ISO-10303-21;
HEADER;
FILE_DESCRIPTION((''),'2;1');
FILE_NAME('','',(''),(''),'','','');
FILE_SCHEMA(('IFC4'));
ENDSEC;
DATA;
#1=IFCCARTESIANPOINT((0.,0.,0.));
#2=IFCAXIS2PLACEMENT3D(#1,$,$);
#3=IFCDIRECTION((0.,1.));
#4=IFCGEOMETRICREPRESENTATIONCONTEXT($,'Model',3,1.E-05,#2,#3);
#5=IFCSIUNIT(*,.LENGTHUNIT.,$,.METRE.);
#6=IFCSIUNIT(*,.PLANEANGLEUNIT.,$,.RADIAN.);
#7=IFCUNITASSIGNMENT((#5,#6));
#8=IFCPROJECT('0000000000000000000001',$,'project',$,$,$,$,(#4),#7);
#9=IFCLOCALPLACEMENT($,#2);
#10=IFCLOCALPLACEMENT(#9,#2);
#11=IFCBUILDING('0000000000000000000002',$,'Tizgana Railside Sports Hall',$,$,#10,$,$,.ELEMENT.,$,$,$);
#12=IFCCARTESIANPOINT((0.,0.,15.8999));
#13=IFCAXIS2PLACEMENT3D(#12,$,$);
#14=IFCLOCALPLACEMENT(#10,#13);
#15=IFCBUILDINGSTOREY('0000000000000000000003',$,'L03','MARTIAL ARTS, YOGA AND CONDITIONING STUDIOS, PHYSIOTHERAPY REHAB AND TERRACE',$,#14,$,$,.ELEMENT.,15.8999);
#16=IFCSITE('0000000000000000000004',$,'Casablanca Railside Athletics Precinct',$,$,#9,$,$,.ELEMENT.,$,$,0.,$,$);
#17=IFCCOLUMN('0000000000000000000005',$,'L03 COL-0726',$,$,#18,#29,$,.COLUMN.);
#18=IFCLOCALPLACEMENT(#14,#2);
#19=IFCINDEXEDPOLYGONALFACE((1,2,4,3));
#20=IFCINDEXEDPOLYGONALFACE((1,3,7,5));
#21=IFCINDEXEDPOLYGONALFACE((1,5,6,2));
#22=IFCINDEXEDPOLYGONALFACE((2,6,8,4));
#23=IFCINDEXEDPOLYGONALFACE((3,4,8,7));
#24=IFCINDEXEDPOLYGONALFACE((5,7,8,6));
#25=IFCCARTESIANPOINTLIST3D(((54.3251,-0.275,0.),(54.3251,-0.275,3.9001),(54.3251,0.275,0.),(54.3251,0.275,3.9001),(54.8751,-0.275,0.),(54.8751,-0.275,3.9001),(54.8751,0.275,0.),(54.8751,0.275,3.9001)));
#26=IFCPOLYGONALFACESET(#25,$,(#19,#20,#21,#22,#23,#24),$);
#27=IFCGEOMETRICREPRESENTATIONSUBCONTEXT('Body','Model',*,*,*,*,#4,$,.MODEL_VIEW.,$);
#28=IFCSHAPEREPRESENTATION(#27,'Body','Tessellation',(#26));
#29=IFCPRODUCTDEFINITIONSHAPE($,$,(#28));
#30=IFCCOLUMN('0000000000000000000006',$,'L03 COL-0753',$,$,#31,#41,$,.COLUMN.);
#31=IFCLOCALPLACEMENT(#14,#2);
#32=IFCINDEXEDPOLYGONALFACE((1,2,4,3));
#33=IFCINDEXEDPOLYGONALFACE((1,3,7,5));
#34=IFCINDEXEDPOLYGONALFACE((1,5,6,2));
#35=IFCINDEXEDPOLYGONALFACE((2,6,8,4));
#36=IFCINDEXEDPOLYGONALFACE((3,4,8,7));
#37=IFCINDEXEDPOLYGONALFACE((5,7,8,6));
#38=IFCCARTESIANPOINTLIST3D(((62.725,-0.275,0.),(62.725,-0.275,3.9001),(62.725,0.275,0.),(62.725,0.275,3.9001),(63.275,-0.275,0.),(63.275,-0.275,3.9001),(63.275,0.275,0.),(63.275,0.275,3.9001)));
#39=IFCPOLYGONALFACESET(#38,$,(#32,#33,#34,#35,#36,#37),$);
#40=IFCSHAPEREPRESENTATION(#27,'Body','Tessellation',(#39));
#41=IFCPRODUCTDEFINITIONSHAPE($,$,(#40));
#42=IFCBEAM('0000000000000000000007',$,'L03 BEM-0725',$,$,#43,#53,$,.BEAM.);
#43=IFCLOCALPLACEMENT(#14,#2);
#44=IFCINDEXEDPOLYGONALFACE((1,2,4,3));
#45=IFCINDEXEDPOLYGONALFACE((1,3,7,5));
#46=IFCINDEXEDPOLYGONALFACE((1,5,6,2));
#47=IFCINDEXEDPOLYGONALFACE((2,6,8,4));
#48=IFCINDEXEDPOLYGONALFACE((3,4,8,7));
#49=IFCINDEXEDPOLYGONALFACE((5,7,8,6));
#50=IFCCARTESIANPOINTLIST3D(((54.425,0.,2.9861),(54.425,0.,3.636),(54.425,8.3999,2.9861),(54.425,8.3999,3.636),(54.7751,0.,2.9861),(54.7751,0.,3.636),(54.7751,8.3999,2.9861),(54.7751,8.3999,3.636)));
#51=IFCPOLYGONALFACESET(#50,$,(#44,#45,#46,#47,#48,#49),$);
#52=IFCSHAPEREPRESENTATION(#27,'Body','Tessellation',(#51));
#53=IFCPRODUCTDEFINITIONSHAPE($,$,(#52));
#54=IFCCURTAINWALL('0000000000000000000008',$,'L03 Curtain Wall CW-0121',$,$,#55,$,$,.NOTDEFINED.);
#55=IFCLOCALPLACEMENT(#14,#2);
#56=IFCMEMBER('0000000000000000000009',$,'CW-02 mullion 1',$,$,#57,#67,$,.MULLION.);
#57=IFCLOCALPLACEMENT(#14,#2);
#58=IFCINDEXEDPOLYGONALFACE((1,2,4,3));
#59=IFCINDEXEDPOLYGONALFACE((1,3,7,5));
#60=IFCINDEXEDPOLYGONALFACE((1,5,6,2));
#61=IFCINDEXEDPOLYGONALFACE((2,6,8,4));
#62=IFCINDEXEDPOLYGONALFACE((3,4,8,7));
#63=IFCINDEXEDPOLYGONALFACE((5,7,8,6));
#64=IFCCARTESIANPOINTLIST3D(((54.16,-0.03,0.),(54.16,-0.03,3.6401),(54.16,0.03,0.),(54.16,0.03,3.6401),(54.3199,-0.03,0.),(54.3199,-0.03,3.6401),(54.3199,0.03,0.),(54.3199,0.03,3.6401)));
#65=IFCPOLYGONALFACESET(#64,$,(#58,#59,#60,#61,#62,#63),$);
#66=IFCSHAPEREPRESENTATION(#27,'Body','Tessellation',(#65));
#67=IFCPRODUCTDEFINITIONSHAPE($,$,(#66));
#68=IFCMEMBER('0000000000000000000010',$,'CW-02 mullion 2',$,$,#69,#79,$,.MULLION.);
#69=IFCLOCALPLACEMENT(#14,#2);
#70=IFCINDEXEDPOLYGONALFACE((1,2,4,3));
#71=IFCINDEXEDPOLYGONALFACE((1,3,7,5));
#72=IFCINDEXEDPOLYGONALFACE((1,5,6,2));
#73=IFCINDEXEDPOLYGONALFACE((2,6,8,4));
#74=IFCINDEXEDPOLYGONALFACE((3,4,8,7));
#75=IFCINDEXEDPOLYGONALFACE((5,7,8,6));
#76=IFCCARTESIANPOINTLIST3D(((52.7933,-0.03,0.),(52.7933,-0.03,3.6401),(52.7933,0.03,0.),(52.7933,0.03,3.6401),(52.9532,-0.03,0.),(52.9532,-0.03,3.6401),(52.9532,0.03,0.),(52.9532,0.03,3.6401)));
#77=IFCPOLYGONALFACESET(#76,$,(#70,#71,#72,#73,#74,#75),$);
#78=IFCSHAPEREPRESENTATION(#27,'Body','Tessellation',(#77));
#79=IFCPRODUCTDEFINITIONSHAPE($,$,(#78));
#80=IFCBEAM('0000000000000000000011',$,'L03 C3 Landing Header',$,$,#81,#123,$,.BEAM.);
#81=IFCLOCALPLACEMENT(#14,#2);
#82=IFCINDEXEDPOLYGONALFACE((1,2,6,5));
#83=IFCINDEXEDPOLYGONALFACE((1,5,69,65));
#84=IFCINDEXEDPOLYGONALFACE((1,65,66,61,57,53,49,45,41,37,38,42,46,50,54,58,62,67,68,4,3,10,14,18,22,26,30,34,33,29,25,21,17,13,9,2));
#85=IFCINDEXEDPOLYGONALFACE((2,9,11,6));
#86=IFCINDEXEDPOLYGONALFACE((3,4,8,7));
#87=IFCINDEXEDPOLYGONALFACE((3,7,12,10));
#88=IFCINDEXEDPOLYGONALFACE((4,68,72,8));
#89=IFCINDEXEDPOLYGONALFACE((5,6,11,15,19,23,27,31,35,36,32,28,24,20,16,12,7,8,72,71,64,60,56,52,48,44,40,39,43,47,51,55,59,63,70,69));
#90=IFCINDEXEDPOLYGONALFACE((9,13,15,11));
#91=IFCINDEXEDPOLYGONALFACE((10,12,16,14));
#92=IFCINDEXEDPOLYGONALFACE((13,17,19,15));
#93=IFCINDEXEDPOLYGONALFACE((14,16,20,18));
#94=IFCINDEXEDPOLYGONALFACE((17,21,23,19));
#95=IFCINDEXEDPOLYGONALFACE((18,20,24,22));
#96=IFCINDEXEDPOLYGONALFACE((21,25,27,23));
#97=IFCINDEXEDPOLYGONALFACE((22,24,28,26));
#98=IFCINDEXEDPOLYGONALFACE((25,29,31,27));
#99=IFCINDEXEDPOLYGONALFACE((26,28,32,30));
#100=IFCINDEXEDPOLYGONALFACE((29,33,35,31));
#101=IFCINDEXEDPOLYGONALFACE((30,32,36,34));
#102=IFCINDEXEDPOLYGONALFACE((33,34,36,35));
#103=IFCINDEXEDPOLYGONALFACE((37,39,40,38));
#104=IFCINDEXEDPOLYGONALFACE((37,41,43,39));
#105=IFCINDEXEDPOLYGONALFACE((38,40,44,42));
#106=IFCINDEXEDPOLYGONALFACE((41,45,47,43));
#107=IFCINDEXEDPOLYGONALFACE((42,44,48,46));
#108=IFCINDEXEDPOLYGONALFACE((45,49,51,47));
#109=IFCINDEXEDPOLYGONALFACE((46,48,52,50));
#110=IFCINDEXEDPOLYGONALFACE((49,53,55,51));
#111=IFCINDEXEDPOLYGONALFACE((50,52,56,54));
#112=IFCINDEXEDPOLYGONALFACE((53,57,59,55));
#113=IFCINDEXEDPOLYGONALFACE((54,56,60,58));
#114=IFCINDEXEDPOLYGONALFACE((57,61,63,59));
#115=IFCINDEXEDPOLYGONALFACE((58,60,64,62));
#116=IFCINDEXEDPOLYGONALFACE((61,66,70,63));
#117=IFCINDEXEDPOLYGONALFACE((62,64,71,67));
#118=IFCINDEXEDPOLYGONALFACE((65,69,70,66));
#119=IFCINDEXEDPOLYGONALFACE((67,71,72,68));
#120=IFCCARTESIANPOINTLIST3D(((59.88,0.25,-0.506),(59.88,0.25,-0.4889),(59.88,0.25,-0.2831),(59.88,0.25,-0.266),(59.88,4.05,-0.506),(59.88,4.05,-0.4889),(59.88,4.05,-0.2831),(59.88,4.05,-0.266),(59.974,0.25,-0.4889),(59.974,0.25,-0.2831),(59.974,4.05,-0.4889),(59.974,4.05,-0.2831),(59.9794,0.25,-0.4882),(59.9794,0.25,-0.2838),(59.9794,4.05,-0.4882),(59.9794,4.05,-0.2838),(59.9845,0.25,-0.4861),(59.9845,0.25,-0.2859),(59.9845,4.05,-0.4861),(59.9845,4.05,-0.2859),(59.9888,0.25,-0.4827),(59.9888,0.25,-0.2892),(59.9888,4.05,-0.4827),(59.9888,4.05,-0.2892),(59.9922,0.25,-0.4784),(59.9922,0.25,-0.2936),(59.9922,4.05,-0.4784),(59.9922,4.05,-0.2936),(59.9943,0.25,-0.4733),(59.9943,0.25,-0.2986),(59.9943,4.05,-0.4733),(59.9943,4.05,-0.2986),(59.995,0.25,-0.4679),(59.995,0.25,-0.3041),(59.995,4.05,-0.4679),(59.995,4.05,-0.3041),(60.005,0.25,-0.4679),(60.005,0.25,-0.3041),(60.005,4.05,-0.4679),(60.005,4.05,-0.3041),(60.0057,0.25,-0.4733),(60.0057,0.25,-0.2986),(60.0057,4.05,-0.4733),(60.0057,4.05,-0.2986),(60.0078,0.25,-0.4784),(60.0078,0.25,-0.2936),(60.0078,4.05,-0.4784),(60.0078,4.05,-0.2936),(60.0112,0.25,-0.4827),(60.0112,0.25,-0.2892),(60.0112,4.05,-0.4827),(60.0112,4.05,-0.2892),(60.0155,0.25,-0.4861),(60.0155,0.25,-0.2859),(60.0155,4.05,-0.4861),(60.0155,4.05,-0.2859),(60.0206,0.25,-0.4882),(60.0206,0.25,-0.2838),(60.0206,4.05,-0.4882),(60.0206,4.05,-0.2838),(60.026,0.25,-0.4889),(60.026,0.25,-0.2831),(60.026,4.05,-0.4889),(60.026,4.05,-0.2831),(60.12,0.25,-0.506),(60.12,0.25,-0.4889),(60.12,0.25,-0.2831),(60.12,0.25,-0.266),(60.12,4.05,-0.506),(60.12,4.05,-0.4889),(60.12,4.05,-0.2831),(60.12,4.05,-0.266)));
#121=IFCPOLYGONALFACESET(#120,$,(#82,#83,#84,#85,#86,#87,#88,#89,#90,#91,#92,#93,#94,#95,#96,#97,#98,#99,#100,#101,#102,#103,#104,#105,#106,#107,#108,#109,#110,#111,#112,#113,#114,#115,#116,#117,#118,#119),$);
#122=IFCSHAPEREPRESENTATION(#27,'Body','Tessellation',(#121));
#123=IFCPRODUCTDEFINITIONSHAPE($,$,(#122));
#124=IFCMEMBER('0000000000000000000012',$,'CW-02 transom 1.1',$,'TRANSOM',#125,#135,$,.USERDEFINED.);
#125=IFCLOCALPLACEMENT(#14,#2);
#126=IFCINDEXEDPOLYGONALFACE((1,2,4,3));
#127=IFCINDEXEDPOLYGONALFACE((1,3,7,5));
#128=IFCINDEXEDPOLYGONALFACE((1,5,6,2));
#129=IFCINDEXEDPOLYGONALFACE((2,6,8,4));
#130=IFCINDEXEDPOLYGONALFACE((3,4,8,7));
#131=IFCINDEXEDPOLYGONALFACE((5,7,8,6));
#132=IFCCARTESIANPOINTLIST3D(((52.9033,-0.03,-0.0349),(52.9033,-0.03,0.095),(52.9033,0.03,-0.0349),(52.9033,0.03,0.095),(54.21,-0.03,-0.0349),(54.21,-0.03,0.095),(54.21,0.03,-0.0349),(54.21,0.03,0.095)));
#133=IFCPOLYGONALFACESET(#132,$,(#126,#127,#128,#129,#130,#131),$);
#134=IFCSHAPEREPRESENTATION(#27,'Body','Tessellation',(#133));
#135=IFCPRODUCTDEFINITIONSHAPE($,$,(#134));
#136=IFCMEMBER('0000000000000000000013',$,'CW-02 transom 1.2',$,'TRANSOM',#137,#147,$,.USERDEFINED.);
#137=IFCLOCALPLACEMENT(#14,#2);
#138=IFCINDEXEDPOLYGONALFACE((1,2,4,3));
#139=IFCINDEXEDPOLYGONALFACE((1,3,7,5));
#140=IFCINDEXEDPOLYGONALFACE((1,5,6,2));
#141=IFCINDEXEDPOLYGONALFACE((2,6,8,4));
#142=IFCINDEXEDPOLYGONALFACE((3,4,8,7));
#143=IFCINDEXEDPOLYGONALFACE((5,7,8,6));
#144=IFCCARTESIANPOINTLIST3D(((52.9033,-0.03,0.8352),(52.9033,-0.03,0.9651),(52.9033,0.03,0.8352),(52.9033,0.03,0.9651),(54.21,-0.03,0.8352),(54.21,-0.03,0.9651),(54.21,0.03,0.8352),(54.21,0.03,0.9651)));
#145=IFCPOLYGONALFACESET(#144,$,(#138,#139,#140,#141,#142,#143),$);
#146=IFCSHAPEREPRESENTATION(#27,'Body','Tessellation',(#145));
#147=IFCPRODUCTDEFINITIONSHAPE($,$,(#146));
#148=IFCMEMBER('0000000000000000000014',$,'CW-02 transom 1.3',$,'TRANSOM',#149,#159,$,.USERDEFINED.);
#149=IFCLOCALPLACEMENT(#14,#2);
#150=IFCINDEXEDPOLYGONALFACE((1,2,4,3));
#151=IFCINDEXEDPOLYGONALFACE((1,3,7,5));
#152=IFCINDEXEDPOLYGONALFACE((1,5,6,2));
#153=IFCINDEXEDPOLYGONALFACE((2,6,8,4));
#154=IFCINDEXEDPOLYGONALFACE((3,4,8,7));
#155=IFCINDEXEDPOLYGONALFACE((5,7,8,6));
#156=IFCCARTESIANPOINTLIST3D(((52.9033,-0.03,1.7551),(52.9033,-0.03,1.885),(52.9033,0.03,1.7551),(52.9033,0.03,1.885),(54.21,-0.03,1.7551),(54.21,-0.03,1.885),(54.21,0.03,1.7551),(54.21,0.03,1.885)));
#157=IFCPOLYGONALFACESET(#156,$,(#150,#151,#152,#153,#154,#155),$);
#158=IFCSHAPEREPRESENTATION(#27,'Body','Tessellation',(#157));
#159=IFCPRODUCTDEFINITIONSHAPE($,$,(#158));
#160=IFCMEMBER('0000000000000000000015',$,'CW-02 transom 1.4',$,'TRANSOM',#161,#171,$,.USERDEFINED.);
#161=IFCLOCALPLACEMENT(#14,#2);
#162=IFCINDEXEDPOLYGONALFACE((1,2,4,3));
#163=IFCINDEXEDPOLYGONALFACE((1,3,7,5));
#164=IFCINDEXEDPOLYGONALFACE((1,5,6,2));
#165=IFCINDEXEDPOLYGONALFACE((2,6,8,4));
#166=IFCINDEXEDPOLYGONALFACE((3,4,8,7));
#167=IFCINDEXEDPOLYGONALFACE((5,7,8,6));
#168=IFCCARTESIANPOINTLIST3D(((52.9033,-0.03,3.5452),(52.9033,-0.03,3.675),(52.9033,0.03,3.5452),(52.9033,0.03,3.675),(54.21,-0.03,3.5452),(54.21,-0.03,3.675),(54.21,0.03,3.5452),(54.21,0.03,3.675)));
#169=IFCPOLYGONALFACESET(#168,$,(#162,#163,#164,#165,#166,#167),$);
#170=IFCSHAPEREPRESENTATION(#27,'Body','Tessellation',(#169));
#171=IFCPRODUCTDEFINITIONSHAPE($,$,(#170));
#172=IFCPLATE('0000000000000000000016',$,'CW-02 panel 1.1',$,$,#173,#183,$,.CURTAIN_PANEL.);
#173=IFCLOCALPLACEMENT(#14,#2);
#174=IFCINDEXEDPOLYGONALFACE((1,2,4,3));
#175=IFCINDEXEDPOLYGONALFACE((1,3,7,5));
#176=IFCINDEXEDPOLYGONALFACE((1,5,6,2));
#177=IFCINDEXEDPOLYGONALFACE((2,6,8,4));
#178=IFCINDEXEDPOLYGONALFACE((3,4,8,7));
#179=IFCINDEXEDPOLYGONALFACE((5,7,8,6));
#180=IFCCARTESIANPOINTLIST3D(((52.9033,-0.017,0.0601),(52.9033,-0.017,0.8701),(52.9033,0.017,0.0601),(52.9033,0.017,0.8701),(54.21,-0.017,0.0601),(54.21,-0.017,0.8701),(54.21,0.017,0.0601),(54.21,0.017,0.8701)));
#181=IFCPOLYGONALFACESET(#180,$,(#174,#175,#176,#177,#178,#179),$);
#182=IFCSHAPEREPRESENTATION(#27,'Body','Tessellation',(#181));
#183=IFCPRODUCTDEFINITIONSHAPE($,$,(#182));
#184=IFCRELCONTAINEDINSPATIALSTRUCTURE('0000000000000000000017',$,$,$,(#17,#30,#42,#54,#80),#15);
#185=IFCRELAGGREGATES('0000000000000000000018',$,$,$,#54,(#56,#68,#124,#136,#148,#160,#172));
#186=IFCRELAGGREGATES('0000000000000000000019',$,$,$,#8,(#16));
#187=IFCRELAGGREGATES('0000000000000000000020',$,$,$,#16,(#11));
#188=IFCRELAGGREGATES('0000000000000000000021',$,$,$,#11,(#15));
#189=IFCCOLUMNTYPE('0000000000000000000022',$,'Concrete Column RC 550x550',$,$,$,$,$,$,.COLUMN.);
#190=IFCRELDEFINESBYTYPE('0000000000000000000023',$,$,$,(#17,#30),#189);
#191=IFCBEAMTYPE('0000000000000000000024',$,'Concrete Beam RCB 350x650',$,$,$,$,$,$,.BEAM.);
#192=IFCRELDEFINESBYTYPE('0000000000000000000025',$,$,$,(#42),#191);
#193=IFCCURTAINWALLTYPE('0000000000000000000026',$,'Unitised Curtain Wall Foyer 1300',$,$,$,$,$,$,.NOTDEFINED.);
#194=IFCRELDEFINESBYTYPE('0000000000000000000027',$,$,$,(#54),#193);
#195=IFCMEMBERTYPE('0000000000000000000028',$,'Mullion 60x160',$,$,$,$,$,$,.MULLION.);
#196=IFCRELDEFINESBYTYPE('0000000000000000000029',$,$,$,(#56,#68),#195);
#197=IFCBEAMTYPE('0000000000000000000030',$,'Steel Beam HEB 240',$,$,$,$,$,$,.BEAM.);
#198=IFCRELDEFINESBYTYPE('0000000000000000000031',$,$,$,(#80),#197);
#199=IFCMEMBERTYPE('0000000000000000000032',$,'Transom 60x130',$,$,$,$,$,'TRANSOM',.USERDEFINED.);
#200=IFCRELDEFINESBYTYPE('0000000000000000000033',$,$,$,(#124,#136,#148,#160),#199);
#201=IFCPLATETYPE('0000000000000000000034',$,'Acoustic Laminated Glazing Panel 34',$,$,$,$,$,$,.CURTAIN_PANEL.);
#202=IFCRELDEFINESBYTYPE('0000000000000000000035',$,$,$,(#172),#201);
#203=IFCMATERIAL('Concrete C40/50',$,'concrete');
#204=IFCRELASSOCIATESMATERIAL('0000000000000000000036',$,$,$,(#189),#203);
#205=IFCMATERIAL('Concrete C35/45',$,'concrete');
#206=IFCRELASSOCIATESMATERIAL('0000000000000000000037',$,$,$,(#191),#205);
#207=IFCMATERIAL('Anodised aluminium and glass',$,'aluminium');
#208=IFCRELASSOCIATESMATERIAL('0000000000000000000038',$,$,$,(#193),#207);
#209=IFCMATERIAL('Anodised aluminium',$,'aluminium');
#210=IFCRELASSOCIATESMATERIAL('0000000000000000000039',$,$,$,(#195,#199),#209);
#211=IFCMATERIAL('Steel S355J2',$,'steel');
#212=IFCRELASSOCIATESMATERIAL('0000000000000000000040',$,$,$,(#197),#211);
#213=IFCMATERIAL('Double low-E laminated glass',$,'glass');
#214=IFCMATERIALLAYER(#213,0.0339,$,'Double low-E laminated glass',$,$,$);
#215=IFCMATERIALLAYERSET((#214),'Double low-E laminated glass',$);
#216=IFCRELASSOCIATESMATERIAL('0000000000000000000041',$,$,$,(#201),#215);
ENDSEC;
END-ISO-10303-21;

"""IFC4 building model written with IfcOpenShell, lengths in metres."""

from ifc_helpers import new_model, si_unit, direction, frame, origin, origin_2d, place, context, subcontext, project, spatial, rectangle, i_section, extrude, material, layer, layer_set, material_profile, profile_set, type_object, element, aggregate, save


model = new_model("IFC4")

# Units and contexts
model_context = context("Model", 3, precision=1e-05, world=origin(), true_north=direction((0.0, 1.0)))
body_context = subcontext(model_context, "Body", "Model", "MODEL_VIEW")
ifc_project = project(units=[si_unit("LENGTHUNIT", "METRE"), si_unit("PLANEANGLEUNIT", "RADIAN")], contexts=[model_context])

# Site, building, storey
site_placement = place(None, origin())
site = spatial("IfcSite", under=ifc_project, at=site_placement, Name="Casablanca Railside Athletics Precinct", CompositionType="ELEMENT", RefElevation=0.0)
building_placement = place(site_placement, origin())
building = spatial("IfcBuilding", under=site, at=building_placement, Name="Tizgana Railside Sports Hall", CompositionType="ELEMENT")
storey_placement = place(building_placement, frame((0.0, 0.0, 15.8999)))
storey = spatial("IfcBuildingStorey", under=building, at=storey_placement, Name="L03", Description="MARTIAL ARTS, YOGA AND CONDITIONING STUDIOS, PHYSIOTHERAPY REHAB AND TERRACE", CompositionType="ELEMENT", Elevation=15.8999)

# Columns
ifc_material_1 = material(Name="Concrete C40/50", Category="concrete")
ifc_material_profile_1 = material_profile(ifc_material_1, rectangle(XDim=0.55, YDim=0.55, at=origin_2d()), Name="RC 550x550")
ifc_profile_set_1 = profile_set([ifc_material_profile_1], Name="Concrete C40/50")
column_type = type_object("IfcColumnType", Name="Concrete Column RC 550x550", PredefinedType="COLUMN", material=ifc_profile_set_1)
for number, where, z_axis, x_axis, name in (
    (1, (54.6001, 0.0, 0.0), (0.0, 0.0, 1.0), (1.0, 0.0, 0.0), "L03 COL-0726"),
    (2, (63.0, 0.0, 0.0), (0.0, 0.0, 1.0), (1.0, 0.0, 0.0), "L03 COL-0753"),
):
    element("IfcColumn", number, at=place(storey_placement, frame(where, z_axis=z_axis, x_axis=x_axis)), inside=storey, type_object=column_type, Name=name, PredefinedType="COLUMN", context=body_context, shape_type="SweptSolid", body=[
        extrude(rectangle(XDim=0.55, YDim=0.55, at=origin_2d()), origin(), (0.0, 0.0, 1.0), 3.9001),
    ])

# Beam
ifc_material_2 = material(Name="Concrete C35/45", Category="concrete")
ifc_material_profile_2 = material_profile(ifc_material_2, rectangle(XDim=0.3501, YDim=0.6499, at=origin_2d()), Name="RCB 350x650")
ifc_profile_set_2 = profile_set([ifc_material_profile_2], Name="Concrete C35/45")
beam_type_1 = type_object("IfcBeamType", Name="Concrete Beam RCB 350x650", PredefinedType="BEAM", material=ifc_profile_set_2)
beam_1_placement = place(storey_placement, frame((54.6001, 0.0, 3.311), z_axis=(0.0, 1.0, 0.0), x_axis=(-1.0, 0.0, 0.0)))
element("IfcBeam", 3, at=beam_1_placement, inside=storey, type_object=beam_type_1, Name="L03 BEM-0725", PredefinedType="BEAM", context=body_context, shape_type="SweptSolid", body=[
    extrude(rectangle(XDim=0.3501, YDim=0.6499, at=origin_2d()), origin(), (0.0, 0.0, 1.0), 8.3999),
])

# Curtain wall, members
ifc_material_3 = material(Name="Anodised aluminium and glass", Category="aluminium")
curtain_wall_type = type_object("IfcCurtainWallType", Name="Unitised Curtain Wall Foyer 1300", PredefinedType="NOTDEFINED", material=ifc_material_3)
curtain_wall_placement = place(storey_placement, origin())
curtain_wall = element("IfcCurtainWall", 4, at=curtain_wall_placement, inside=storey, type_object=curtain_wall_type, Name="L03 Curtain Wall CW-0121", PredefinedType="NOTDEFINED")
ifc_material_4 = material(Name="Anodised aluminium", Category="aluminium")
ifc_material_profile_3 = material_profile(ifc_material_4, rectangle(XDim=0.0601, YDim=0.1599, at=origin_2d()), Name="Mullion 60x160")
ifc_profile_set_3 = profile_set([ifc_material_profile_3], Name="Anodised aluminium")
member_type_1 = type_object("IfcMemberType", Name="Mullion 60x160", PredefinedType="MULLION", material=ifc_profile_set_3)
member_1_placement = place(storey_placement, frame((54.24, 0.0, 0.0), z_axis=(0.0, 0.0, 1.0), x_axis=(0.0, -1.0, 0.0)))
member_1 = element("IfcMember", 5, at=member_1_placement, type_object=member_type_1, Name="CW-02 mullion 1", PredefinedType="MULLION", context=body_context, shape_type="SweptSolid", body=[
    extrude(rectangle(XDim=0.0601, YDim=0.1599, at=origin_2d()), origin(), (0.0, 0.0, 1.0), 3.6401),
])
member_2_placement = place(storey_placement, frame((52.8733, 0.0, 0.0), z_axis=(0.0, 0.0, 1.0), x_axis=(0.0, -1.0, 0.0)))
member_2 = element("IfcMember", 6, at=member_2_placement, type_object=member_type_1, Name="CW-02 mullion 2", PredefinedType="MULLION", context=body_context, shape_type="SweptSolid", body=[
    extrude(rectangle(XDim=0.0601, YDim=0.1599, at=origin_2d()), origin(), (0.0, 0.0, 1.0), 3.6401),
])

# Beam
ifc_material_5 = material(Name="Steel S355J2", Category="steel")
ifc_material_profile_4 = material_profile(ifc_material_5, i_section(OverallWidth=0.24, OverallDepth=0.24, WebThickness=0.01, FlangeThickness=0.0171, FilletRadius=0.021, at=origin_2d()), Name="HEB 240")
ifc_profile_set_4 = profile_set([ifc_material_profile_4], Name="Steel S355J2")
beam_type_2 = type_object("IfcBeamType", Name="Steel Beam HEB 240", PredefinedType="BEAM", material=ifc_profile_set_4)
beam_2_placement = place(storey_placement, frame((60.0, 0.25, -0.386), z_axis=(0.0, 1.0, 0.0), x_axis=(-1.0, 0.0, 0.0)))
element("IfcBeam", 7, at=beam_2_placement, inside=storey, type_object=beam_type_2, Name="L03 C3 Landing Header", PredefinedType="BEAM", context=body_context, shape_type="SweptSolid", body=[
    extrude(i_section(OverallWidth=0.24, OverallDepth=0.24, WebThickness=0.01, FlangeThickness=0.0171, FilletRadius=0.021, at=origin_2d()), origin(), (0.0, 0.0, 1.0), 3.8),
])

# Members
ifc_material_profile_5 = material_profile(ifc_material_4, rectangle(XDim=0.0601, YDim=0.1299, at=origin_2d()), Name="Transom 60x130")
ifc_profile_set_5 = profile_set([ifc_material_profile_5], Name="Anodised aluminium")
member_type_2 = type_object("IfcMemberType", Name="Transom 60x130", ElementType="TRANSOM", PredefinedType="USERDEFINED", material=ifc_profile_set_5)
member_3_placement = place(storey_placement, frame((54.21, 0.0, 0.03), z_axis=(-1.0, 0.0, 0.0), x_axis=(0.0, -1.0, 0.0)))
member_3 = element("IfcMember", 8, at=member_3_placement, type_object=member_type_2, Name="CW-02 transom 1.1", ObjectType="TRANSOM", PredefinedType="USERDEFINED", context=body_context, shape_type="SweptSolid", body=[
    extrude(rectangle(XDim=0.0601, YDim=0.1299, at=origin_2d()), origin(), (0.0, 0.0, 1.0), 1.3066),
])
member_4_placement = place(storey_placement, frame((54.21, 0.0, 0.9001), z_axis=(-1.0, 0.0, 0.0), x_axis=(0.0, -1.0, 0.0)))
member_4 = element("IfcMember", 9, at=member_4_placement, type_object=member_type_2, Name="CW-02 transom 1.2", ObjectType="TRANSOM", PredefinedType="USERDEFINED", context=body_context, shape_type="SweptSolid", body=[
    extrude(rectangle(XDim=0.0601, YDim=0.1299, at=origin_2d()), origin(), (0.0, 0.0, 1.0), 1.3066),
])
member_5_placement = place(storey_placement, frame((54.21, 0.0, 1.8201), z_axis=(-1.0, 0.0, 0.0), x_axis=(0.0, -1.0, 0.0)))
member_5 = element("IfcMember", 10, at=member_5_placement, type_object=member_type_2, Name="CW-02 transom 1.3", ObjectType="TRANSOM", PredefinedType="USERDEFINED", context=body_context, shape_type="SweptSolid", body=[
    extrude(rectangle(XDim=0.0601, YDim=0.1299, at=origin_2d()), origin(), (0.0, 0.0, 1.0), 1.3066),
])
member_6_placement = place(storey_placement, frame((54.21, 0.0, 3.6101), z_axis=(-1.0, 0.0, 0.0), x_axis=(0.0, -1.0, 0.0)))
member_6 = element("IfcMember", 11, at=member_6_placement, type_object=member_type_2, Name="CW-02 transom 1.4", ObjectType="TRANSOM", PredefinedType="USERDEFINED", context=body_context, shape_type="SweptSolid", body=[
    extrude(rectangle(XDim=0.0601, YDim=0.1299, at=origin_2d()), origin(), (0.0, 0.0, 1.0), 1.3066),
])

# Plate
ifc_material_6 = material(Name="Double low-E laminated glass", Category="glass")
ifc_layer_1 = layer(ifc_material_6, 0.0339, Name="Double low-E laminated glass")
ifc_layer_set_1 = layer_set([ifc_layer_1], Name="Double low-E laminated glass")
plate_type = type_object("IfcPlateType", Name="Acoustic Laminated Glazing Panel 34", PredefinedType="CURTAIN_PANEL", material=ifc_layer_set_1)
plate_1_placement = place(storey_placement, frame((53.5566, 0.0, 0.0601), z_axis=(0.0, 0.0, 1.0), x_axis=(-1.0, 0.0, 0.0)))
plate_1 = element("IfcPlate", 12, at=plate_1_placement, type_object=plate_type, Name="CW-02 panel 1.1", PredefinedType="CURTAIN_PANEL", context=body_context, shape_type="SweptSolid", body=[
    extrude(rectangle(XDim=1.3066, YDim=0.0339, at=origin_2d()), origin(), (0.0, 0.0, 1.0), 0.8101),
])
aggregate(curtain_wall, [member_1, member_2, member_3, member_4, member_5, member_6, plate_1])

save(model, "model.ifc")
